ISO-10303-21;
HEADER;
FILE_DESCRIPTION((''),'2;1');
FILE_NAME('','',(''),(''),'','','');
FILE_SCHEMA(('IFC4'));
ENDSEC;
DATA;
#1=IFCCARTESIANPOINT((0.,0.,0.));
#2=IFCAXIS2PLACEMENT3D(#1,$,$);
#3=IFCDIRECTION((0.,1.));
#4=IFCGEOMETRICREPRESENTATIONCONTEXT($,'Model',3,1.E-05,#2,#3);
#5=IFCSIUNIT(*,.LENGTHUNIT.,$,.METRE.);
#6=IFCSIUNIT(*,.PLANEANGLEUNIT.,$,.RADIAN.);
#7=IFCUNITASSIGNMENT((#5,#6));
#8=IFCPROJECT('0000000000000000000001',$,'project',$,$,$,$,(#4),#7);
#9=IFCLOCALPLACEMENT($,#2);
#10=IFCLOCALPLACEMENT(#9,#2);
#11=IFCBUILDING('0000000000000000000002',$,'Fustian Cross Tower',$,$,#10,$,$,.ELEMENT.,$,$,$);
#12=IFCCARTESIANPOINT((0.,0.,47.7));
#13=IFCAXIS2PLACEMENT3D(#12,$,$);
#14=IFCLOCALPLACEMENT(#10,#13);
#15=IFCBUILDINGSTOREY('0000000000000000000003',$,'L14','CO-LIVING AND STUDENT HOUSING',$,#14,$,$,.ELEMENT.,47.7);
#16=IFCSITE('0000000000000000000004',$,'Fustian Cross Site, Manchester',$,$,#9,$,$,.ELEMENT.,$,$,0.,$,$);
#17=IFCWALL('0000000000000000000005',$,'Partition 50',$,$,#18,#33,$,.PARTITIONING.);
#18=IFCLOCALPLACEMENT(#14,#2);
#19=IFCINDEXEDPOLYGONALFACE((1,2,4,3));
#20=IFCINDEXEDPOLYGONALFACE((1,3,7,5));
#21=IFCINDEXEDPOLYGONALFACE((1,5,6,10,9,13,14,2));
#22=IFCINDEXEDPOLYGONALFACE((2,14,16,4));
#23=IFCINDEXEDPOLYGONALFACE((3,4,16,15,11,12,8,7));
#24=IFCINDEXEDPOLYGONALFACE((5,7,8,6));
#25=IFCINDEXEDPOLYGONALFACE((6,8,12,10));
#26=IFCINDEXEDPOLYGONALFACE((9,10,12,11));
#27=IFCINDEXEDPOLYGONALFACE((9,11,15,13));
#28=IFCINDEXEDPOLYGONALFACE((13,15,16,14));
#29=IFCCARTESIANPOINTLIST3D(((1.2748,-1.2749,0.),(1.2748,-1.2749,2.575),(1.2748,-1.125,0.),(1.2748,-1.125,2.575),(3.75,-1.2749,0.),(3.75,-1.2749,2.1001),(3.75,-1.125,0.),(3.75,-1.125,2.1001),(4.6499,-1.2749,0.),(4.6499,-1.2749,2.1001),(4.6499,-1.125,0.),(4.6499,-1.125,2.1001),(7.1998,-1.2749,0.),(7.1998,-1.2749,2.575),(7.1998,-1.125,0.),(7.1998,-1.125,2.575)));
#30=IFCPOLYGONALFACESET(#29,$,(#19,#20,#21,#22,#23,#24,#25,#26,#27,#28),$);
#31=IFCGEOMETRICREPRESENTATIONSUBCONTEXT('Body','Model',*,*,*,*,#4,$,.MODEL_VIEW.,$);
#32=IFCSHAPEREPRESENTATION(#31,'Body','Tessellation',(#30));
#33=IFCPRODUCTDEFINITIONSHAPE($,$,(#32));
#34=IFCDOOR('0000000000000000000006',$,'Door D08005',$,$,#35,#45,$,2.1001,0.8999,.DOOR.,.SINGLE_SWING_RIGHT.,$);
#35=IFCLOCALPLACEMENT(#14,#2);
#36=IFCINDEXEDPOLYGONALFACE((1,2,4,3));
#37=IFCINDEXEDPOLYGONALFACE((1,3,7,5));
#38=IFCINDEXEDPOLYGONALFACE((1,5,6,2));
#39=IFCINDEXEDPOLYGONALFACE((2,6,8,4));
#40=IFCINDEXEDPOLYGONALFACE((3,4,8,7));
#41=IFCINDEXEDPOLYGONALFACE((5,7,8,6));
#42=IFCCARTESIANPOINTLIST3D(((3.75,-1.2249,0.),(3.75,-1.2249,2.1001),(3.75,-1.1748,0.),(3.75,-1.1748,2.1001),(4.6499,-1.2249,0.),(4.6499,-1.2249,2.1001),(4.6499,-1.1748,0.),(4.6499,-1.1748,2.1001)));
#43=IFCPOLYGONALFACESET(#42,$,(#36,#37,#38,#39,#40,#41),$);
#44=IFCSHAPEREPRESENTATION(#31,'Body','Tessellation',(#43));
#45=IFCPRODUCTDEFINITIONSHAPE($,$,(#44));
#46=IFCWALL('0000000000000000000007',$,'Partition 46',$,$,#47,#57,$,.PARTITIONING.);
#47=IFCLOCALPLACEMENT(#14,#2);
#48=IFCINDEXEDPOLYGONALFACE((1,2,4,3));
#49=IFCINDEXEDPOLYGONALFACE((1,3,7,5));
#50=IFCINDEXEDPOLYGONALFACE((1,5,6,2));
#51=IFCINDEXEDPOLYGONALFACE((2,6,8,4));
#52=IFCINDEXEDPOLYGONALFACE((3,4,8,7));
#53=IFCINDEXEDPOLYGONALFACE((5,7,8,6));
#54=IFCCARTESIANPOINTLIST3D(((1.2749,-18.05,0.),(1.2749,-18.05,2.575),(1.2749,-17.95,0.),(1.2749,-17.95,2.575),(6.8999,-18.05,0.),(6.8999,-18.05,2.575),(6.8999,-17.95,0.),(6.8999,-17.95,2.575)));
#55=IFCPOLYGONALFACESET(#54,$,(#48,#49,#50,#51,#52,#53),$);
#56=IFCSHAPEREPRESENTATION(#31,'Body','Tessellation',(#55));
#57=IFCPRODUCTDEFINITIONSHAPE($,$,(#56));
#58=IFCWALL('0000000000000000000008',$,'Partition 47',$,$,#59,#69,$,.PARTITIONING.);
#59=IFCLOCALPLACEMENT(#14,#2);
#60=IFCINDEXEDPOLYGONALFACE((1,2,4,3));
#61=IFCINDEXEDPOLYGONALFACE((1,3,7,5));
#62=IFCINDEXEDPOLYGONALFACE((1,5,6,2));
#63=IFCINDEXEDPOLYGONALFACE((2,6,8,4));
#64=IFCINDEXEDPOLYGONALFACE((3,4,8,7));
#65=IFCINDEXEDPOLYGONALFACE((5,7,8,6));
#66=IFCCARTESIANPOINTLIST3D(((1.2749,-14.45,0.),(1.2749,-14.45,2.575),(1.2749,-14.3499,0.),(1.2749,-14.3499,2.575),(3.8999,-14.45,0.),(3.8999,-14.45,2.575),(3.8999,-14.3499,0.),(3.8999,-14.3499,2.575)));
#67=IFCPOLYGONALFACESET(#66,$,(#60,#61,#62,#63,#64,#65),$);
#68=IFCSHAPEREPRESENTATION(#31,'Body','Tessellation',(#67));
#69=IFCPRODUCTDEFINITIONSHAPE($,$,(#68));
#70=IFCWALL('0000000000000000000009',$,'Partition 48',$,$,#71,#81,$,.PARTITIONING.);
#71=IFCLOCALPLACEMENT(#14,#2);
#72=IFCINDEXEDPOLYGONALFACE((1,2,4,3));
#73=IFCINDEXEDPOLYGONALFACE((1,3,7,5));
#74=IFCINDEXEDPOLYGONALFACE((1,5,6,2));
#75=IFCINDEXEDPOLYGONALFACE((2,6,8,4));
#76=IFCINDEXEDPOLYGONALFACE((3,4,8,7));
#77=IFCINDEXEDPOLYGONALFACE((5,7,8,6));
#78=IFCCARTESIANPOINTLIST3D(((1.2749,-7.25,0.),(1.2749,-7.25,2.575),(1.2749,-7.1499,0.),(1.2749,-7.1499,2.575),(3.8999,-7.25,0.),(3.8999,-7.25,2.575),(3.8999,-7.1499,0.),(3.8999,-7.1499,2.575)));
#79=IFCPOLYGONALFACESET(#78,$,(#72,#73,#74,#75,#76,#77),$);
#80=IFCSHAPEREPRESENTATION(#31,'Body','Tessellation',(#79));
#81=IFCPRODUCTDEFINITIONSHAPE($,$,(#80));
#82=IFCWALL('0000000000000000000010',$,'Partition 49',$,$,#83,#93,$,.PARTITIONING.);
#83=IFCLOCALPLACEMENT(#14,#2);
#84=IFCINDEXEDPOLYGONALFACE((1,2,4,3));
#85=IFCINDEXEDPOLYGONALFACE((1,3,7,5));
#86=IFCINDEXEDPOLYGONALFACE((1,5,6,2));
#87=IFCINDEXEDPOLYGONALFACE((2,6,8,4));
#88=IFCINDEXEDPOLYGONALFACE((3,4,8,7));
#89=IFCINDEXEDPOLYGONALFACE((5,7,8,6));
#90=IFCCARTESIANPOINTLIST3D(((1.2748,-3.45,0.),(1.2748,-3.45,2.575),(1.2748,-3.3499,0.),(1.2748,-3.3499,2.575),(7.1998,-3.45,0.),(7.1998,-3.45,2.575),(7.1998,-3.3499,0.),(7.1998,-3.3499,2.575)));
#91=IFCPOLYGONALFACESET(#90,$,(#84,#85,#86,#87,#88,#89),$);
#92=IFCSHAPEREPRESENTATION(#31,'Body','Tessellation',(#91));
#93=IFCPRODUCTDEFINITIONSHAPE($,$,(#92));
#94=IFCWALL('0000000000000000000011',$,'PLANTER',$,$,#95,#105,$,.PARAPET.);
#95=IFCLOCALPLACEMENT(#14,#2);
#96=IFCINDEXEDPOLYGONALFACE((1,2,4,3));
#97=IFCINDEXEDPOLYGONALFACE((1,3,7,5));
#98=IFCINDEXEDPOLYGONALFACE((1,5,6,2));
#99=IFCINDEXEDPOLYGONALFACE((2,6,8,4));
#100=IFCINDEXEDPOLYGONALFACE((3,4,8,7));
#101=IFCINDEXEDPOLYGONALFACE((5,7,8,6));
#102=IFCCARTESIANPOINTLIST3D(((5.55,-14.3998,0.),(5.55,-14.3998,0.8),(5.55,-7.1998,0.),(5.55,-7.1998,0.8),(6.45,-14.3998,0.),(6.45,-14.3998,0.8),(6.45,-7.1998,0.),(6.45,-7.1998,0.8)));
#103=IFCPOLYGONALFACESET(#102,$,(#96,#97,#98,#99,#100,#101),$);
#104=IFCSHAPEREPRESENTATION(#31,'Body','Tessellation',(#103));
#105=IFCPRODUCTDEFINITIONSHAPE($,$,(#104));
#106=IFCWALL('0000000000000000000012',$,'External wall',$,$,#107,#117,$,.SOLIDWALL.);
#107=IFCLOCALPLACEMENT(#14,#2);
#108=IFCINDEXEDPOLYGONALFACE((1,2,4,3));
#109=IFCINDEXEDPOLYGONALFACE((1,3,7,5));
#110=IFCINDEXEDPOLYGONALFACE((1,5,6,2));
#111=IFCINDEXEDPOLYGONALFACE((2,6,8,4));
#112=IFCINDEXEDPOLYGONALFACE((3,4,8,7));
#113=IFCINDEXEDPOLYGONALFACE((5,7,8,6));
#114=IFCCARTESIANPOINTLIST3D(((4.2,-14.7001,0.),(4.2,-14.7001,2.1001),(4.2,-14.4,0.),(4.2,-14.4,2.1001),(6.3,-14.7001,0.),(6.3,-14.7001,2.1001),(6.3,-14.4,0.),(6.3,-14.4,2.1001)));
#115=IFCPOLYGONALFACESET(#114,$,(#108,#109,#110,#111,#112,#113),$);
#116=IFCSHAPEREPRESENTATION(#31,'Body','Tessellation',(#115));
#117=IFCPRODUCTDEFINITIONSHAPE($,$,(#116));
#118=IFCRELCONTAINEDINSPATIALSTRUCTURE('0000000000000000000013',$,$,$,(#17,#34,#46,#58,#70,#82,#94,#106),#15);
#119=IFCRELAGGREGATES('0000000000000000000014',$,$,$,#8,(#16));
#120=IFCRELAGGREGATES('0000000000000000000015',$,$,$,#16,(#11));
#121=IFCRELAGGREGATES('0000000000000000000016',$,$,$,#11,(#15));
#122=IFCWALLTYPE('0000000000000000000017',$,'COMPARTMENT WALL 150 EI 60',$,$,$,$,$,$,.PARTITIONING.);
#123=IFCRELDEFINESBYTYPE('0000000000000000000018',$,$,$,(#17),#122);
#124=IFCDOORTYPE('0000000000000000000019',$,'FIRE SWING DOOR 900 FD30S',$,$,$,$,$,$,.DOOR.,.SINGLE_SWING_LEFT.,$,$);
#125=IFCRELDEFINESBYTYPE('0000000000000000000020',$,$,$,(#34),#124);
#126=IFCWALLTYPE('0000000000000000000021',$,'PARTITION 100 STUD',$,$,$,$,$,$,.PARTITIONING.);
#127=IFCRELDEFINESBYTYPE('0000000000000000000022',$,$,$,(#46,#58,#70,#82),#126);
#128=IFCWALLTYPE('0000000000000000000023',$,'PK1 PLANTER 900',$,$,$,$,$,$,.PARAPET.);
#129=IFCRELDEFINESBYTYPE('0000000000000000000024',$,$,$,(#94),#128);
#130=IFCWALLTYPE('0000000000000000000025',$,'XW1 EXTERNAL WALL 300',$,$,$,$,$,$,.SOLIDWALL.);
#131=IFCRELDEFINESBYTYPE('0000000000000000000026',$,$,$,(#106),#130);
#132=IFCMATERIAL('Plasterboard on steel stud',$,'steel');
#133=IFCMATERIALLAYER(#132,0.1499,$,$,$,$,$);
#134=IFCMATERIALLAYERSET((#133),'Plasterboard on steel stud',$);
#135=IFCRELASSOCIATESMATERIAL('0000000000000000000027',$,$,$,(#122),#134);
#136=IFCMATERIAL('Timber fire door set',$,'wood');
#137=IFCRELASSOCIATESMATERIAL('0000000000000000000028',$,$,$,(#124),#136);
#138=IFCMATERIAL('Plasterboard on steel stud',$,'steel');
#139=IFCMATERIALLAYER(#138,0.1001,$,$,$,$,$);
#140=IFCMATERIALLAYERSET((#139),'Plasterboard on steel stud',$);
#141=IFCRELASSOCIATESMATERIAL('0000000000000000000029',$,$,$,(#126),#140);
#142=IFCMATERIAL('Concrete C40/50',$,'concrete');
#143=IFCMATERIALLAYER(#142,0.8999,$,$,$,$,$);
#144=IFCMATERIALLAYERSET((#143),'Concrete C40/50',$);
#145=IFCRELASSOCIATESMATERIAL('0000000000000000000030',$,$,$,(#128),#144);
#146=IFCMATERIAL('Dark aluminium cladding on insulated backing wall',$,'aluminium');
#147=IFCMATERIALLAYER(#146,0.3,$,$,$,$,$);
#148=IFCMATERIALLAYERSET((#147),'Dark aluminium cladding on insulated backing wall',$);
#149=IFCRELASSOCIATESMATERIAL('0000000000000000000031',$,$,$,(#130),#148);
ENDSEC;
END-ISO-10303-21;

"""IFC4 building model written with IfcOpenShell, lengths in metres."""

from ifc_helpers import new_model, si_unit, direction, frame, frame_2d, origin, place, context, subcontext, project, spatial, rectangle, extrude, material, layer, layer_set, type_object, element, fill, save


model = new_model("IFC4")

# Units and contexts
model_context = context("Model", 3, precision=1e-05, world=origin(), true_north=direction((0.0, 1.0)))
body_context = subcontext(model_context, "Body", "Model", "MODEL_VIEW")
ifc_project = project(units=[si_unit("LENGTHUNIT", "METRE"), si_unit("PLANEANGLEUNIT", "RADIAN")], contexts=[model_context])

# Site, building, storey
site_placement = place(None, origin())
site = spatial("IfcSite", under=ifc_project, at=site_placement, Name="Fustian Cross Site, Manchester", CompositionType="ELEMENT", RefElevation=0.0)
building_placement = place(site_placement, origin())
building = spatial("IfcBuilding", under=site, at=building_placement, Name="Fustian Cross Tower", CompositionType="ELEMENT")
storey_placement = place(building_placement, frame((0.0, 0.0, 47.7)))
storey = spatial("IfcBuildingStorey", under=building, at=storey_placement, Name="L14", Description="CO-LIVING AND STUDENT HOUSING", CompositionType="ELEMENT", Elevation=47.7)

# Wall, opening, door
ifc_material_1 = material(Name="Plasterboard on steel stud", Category="steel")
ifc_layer_1 = layer(ifc_material_1, 0.1499)
ifc_layer_set_1 = layer_set([ifc_layer_1], Name="Plasterboard on steel stud")
wall_type_1 = type_object("IfcWallType", Name="COMPARTMENT WALL 150 EI 60", PredefinedType="PARTITIONING", material=ifc_layer_set_1)
wall_1_placement = place(storey_placement, frame((1.2749, -1.2, 0.0), z_axis=(0.0, 0.0, 1.0), x_axis=(1.0, 0.0, 0.0)))
wall_1 = element("IfcWall", 1, at=wall_1_placement, inside=storey, type_object=wall_type_1, Name="Partition 50", PredefinedType="PARTITIONING", context=body_context, shape_type="SweptSolid", body=[
    extrude(rectangle(XDim=5.925, YDim=0.1499, at=frame_2d((2.9624, 0.0))), origin(), (0.0, 0.0, 1.0), 2.575),
])
opening_1_placement = place(wall_1_placement, frame((2.4751, 0.0, 0.0)))
opening_1 = element("IfcOpeningElement", 2, at=opening_1_placement, cuts=wall_1, PredefinedType="OPENING", context=body_context, shape_type="SweptSolid", body=[
    extrude(rectangle(XDim=0.8999, YDim=2.1001, at=frame_2d((0.45, 1.05))), frame((0.0, 0.085, 0.0), z_axis=(0.0, -1.0, 0.0), x_axis=(1.0, 0.0, 0.0)), (0.0, 0.0, 1.0), 0.1699),
])
ifc_material_2 = material(Name="Timber fire door set", Category="wood")
door_type_1 = type_object("IfcDoorType", Name="FIRE SWING DOOR 900 FD30S", OperationType="SINGLE_SWING_LEFT", PredefinedType="DOOR", material=ifc_material_2)
door_1_placement = place(opening_1_placement, frame((0.8999, 0.0, 0.0), z_axis=(0.0, 0.0, 1.0), x_axis=(-1.0, 0.0, 0.0)))
door_1 = element("IfcDoor", 3, at=door_1_placement, inside=storey, type_object=door_type_1, Name="Door D08005", OperationType="SINGLE_SWING_RIGHT", OverallHeight=2.1001, OverallWidth=0.8999, PredefinedType="DOOR", context=body_context, shape_type="SweptSolid", body=[
    extrude(rectangle(XDim=0.8999, YDim=2.1001, at=frame_2d((0.45, 1.05))), frame((0.0, 0.0249, 0.0), z_axis=(0.0, -1.0, 0.0), x_axis=(1.0, 0.0, 0.0)), (0.0, 0.0, 1.0), 0.05),
])
fill(opening_1, door_1)

# Walls
ifc_material_3 = material(Name="Plasterboard on steel stud", Category="steel")
ifc_layer_2 = layer(ifc_material_3, 0.1001)
ifc_layer_set_2 = layer_set([ifc_layer_2], Name="Plasterboard on steel stud")
wall_type_2 = type_object("IfcWallType", Name="PARTITION 100 STUD", PredefinedType="PARTITIONING", material=ifc_layer_set_2)
wall_2_placement = place(storey_placement, frame((1.2749, -18.0, 0.0), z_axis=(0.0, 0.0, 1.0), x_axis=(1.0, 0.0, 0.0)))
element("IfcWall", 4, at=wall_2_placement, inside=storey, type_object=wall_type_2, Name="Partition 46", PredefinedType="PARTITIONING", context=body_context, shape_type="SweptSolid", body=[
    extrude(rectangle(XDim=5.625, YDim=0.1001, at=frame_2d((2.8125, 0.0))), origin(), (0.0, 0.0, 1.0), 2.575),
])
for number, where, z_axis, x_axis, name in (
    (5, (1.2749, -14.3999, 0.0), (0.0, 0.0, 1.0), (1.0, 0.0, 0.0), "Partition 47"),
    (6, (1.2749, -7.2, 0.0), (0.0, 0.0, 1.0), (1.0, 0.0, 0.0), "Partition 48"),
):
    element("IfcWall", number, at=place(storey_placement, frame(where, z_axis=z_axis, x_axis=x_axis)), inside=storey, type_object=wall_type_2, Name=name, PredefinedType="PARTITIONING", context=body_context, shape_type="SweptSolid", body=[
        extrude(rectangle(XDim=2.625, YDim=0.1001, at=frame_2d((1.3125, 0.0))), origin(), (0.0, 0.0, 1.0), 2.575),
    ])
wall_3_placement = place(storey_placement, frame((1.2749, -3.3999, 0.0), z_axis=(0.0, 0.0, 1.0), x_axis=(1.0, 0.0, 0.0)))
element("IfcWall", 7, at=wall_3_placement, inside=storey, type_object=wall_type_2, Name="Partition 49", PredefinedType="PARTITIONING", context=body_context, shape_type="SweptSolid", body=[
    extrude(rectangle(XDim=5.925, YDim=0.1001, at=frame_2d((2.9624, 0.0))), origin(), (0.0, 0.0, 1.0), 2.575),
])
ifc_material_4 = material(Name="Concrete C40/50", Category="concrete")
ifc_layer_3 = layer(ifc_material_4, 0.8999)
ifc_layer_set_3 = layer_set([ifc_layer_3], Name="Concrete C40/50")
wall_type_3 = type_object("IfcWallType", Name="PK1 PLANTER 900", PredefinedType="PARAPET", material=ifc_layer_set_3)
wall_4_placement = place(storey_placement, frame((6.0, -14.3999, 0.0), z_axis=(0.0, 0.0, 1.0), x_axis=(0.0, 1.0, 0.0)))
element("IfcWall", 8, at=wall_4_placement, inside=storey, type_object=wall_type_3, Name="PLANTER", PredefinedType="PARAPET", context=body_context, shape_type="SweptSolid", body=[
    extrude(rectangle(XDim=7.2, YDim=0.8999, at=frame_2d((3.6001, 0.0))), origin(), (0.0, 0.0, 1.0), 0.8),
])
ifc_material_5 = material(Name="Dark aluminium cladding on insulated backing wall", Category="aluminium")
ifc_layer_4 = layer(ifc_material_5, 0.3)
ifc_layer_set_4 = layer_set([ifc_layer_4], Name="Dark aluminium cladding on insulated backing wall")
wall_type_4 = type_object("IfcWallType", Name="XW1 EXTERNAL WALL 300", PredefinedType="SOLIDWALL", material=ifc_layer_set_4)
wall_5_placement = place(storey_placement, frame((6.3, -14.55, 0.0), z_axis=(0.0, 0.0, 1.0), x_axis=(-1.0, 0.0, 0.0)))
element("IfcWall", 9, at=wall_5_placement, inside=storey, type_object=wall_type_4, Name="External wall", PredefinedType="SOLIDWALL", context=body_context, shape_type="SweptSolid", body=[
    extrude(rectangle(XDim=2.1001, YDim=0.3, at=frame_2d((1.05, 0.0))), origin(), (0.0, 0.0, 1.0), 2.1001),
])

save(model, "model.ifc")
